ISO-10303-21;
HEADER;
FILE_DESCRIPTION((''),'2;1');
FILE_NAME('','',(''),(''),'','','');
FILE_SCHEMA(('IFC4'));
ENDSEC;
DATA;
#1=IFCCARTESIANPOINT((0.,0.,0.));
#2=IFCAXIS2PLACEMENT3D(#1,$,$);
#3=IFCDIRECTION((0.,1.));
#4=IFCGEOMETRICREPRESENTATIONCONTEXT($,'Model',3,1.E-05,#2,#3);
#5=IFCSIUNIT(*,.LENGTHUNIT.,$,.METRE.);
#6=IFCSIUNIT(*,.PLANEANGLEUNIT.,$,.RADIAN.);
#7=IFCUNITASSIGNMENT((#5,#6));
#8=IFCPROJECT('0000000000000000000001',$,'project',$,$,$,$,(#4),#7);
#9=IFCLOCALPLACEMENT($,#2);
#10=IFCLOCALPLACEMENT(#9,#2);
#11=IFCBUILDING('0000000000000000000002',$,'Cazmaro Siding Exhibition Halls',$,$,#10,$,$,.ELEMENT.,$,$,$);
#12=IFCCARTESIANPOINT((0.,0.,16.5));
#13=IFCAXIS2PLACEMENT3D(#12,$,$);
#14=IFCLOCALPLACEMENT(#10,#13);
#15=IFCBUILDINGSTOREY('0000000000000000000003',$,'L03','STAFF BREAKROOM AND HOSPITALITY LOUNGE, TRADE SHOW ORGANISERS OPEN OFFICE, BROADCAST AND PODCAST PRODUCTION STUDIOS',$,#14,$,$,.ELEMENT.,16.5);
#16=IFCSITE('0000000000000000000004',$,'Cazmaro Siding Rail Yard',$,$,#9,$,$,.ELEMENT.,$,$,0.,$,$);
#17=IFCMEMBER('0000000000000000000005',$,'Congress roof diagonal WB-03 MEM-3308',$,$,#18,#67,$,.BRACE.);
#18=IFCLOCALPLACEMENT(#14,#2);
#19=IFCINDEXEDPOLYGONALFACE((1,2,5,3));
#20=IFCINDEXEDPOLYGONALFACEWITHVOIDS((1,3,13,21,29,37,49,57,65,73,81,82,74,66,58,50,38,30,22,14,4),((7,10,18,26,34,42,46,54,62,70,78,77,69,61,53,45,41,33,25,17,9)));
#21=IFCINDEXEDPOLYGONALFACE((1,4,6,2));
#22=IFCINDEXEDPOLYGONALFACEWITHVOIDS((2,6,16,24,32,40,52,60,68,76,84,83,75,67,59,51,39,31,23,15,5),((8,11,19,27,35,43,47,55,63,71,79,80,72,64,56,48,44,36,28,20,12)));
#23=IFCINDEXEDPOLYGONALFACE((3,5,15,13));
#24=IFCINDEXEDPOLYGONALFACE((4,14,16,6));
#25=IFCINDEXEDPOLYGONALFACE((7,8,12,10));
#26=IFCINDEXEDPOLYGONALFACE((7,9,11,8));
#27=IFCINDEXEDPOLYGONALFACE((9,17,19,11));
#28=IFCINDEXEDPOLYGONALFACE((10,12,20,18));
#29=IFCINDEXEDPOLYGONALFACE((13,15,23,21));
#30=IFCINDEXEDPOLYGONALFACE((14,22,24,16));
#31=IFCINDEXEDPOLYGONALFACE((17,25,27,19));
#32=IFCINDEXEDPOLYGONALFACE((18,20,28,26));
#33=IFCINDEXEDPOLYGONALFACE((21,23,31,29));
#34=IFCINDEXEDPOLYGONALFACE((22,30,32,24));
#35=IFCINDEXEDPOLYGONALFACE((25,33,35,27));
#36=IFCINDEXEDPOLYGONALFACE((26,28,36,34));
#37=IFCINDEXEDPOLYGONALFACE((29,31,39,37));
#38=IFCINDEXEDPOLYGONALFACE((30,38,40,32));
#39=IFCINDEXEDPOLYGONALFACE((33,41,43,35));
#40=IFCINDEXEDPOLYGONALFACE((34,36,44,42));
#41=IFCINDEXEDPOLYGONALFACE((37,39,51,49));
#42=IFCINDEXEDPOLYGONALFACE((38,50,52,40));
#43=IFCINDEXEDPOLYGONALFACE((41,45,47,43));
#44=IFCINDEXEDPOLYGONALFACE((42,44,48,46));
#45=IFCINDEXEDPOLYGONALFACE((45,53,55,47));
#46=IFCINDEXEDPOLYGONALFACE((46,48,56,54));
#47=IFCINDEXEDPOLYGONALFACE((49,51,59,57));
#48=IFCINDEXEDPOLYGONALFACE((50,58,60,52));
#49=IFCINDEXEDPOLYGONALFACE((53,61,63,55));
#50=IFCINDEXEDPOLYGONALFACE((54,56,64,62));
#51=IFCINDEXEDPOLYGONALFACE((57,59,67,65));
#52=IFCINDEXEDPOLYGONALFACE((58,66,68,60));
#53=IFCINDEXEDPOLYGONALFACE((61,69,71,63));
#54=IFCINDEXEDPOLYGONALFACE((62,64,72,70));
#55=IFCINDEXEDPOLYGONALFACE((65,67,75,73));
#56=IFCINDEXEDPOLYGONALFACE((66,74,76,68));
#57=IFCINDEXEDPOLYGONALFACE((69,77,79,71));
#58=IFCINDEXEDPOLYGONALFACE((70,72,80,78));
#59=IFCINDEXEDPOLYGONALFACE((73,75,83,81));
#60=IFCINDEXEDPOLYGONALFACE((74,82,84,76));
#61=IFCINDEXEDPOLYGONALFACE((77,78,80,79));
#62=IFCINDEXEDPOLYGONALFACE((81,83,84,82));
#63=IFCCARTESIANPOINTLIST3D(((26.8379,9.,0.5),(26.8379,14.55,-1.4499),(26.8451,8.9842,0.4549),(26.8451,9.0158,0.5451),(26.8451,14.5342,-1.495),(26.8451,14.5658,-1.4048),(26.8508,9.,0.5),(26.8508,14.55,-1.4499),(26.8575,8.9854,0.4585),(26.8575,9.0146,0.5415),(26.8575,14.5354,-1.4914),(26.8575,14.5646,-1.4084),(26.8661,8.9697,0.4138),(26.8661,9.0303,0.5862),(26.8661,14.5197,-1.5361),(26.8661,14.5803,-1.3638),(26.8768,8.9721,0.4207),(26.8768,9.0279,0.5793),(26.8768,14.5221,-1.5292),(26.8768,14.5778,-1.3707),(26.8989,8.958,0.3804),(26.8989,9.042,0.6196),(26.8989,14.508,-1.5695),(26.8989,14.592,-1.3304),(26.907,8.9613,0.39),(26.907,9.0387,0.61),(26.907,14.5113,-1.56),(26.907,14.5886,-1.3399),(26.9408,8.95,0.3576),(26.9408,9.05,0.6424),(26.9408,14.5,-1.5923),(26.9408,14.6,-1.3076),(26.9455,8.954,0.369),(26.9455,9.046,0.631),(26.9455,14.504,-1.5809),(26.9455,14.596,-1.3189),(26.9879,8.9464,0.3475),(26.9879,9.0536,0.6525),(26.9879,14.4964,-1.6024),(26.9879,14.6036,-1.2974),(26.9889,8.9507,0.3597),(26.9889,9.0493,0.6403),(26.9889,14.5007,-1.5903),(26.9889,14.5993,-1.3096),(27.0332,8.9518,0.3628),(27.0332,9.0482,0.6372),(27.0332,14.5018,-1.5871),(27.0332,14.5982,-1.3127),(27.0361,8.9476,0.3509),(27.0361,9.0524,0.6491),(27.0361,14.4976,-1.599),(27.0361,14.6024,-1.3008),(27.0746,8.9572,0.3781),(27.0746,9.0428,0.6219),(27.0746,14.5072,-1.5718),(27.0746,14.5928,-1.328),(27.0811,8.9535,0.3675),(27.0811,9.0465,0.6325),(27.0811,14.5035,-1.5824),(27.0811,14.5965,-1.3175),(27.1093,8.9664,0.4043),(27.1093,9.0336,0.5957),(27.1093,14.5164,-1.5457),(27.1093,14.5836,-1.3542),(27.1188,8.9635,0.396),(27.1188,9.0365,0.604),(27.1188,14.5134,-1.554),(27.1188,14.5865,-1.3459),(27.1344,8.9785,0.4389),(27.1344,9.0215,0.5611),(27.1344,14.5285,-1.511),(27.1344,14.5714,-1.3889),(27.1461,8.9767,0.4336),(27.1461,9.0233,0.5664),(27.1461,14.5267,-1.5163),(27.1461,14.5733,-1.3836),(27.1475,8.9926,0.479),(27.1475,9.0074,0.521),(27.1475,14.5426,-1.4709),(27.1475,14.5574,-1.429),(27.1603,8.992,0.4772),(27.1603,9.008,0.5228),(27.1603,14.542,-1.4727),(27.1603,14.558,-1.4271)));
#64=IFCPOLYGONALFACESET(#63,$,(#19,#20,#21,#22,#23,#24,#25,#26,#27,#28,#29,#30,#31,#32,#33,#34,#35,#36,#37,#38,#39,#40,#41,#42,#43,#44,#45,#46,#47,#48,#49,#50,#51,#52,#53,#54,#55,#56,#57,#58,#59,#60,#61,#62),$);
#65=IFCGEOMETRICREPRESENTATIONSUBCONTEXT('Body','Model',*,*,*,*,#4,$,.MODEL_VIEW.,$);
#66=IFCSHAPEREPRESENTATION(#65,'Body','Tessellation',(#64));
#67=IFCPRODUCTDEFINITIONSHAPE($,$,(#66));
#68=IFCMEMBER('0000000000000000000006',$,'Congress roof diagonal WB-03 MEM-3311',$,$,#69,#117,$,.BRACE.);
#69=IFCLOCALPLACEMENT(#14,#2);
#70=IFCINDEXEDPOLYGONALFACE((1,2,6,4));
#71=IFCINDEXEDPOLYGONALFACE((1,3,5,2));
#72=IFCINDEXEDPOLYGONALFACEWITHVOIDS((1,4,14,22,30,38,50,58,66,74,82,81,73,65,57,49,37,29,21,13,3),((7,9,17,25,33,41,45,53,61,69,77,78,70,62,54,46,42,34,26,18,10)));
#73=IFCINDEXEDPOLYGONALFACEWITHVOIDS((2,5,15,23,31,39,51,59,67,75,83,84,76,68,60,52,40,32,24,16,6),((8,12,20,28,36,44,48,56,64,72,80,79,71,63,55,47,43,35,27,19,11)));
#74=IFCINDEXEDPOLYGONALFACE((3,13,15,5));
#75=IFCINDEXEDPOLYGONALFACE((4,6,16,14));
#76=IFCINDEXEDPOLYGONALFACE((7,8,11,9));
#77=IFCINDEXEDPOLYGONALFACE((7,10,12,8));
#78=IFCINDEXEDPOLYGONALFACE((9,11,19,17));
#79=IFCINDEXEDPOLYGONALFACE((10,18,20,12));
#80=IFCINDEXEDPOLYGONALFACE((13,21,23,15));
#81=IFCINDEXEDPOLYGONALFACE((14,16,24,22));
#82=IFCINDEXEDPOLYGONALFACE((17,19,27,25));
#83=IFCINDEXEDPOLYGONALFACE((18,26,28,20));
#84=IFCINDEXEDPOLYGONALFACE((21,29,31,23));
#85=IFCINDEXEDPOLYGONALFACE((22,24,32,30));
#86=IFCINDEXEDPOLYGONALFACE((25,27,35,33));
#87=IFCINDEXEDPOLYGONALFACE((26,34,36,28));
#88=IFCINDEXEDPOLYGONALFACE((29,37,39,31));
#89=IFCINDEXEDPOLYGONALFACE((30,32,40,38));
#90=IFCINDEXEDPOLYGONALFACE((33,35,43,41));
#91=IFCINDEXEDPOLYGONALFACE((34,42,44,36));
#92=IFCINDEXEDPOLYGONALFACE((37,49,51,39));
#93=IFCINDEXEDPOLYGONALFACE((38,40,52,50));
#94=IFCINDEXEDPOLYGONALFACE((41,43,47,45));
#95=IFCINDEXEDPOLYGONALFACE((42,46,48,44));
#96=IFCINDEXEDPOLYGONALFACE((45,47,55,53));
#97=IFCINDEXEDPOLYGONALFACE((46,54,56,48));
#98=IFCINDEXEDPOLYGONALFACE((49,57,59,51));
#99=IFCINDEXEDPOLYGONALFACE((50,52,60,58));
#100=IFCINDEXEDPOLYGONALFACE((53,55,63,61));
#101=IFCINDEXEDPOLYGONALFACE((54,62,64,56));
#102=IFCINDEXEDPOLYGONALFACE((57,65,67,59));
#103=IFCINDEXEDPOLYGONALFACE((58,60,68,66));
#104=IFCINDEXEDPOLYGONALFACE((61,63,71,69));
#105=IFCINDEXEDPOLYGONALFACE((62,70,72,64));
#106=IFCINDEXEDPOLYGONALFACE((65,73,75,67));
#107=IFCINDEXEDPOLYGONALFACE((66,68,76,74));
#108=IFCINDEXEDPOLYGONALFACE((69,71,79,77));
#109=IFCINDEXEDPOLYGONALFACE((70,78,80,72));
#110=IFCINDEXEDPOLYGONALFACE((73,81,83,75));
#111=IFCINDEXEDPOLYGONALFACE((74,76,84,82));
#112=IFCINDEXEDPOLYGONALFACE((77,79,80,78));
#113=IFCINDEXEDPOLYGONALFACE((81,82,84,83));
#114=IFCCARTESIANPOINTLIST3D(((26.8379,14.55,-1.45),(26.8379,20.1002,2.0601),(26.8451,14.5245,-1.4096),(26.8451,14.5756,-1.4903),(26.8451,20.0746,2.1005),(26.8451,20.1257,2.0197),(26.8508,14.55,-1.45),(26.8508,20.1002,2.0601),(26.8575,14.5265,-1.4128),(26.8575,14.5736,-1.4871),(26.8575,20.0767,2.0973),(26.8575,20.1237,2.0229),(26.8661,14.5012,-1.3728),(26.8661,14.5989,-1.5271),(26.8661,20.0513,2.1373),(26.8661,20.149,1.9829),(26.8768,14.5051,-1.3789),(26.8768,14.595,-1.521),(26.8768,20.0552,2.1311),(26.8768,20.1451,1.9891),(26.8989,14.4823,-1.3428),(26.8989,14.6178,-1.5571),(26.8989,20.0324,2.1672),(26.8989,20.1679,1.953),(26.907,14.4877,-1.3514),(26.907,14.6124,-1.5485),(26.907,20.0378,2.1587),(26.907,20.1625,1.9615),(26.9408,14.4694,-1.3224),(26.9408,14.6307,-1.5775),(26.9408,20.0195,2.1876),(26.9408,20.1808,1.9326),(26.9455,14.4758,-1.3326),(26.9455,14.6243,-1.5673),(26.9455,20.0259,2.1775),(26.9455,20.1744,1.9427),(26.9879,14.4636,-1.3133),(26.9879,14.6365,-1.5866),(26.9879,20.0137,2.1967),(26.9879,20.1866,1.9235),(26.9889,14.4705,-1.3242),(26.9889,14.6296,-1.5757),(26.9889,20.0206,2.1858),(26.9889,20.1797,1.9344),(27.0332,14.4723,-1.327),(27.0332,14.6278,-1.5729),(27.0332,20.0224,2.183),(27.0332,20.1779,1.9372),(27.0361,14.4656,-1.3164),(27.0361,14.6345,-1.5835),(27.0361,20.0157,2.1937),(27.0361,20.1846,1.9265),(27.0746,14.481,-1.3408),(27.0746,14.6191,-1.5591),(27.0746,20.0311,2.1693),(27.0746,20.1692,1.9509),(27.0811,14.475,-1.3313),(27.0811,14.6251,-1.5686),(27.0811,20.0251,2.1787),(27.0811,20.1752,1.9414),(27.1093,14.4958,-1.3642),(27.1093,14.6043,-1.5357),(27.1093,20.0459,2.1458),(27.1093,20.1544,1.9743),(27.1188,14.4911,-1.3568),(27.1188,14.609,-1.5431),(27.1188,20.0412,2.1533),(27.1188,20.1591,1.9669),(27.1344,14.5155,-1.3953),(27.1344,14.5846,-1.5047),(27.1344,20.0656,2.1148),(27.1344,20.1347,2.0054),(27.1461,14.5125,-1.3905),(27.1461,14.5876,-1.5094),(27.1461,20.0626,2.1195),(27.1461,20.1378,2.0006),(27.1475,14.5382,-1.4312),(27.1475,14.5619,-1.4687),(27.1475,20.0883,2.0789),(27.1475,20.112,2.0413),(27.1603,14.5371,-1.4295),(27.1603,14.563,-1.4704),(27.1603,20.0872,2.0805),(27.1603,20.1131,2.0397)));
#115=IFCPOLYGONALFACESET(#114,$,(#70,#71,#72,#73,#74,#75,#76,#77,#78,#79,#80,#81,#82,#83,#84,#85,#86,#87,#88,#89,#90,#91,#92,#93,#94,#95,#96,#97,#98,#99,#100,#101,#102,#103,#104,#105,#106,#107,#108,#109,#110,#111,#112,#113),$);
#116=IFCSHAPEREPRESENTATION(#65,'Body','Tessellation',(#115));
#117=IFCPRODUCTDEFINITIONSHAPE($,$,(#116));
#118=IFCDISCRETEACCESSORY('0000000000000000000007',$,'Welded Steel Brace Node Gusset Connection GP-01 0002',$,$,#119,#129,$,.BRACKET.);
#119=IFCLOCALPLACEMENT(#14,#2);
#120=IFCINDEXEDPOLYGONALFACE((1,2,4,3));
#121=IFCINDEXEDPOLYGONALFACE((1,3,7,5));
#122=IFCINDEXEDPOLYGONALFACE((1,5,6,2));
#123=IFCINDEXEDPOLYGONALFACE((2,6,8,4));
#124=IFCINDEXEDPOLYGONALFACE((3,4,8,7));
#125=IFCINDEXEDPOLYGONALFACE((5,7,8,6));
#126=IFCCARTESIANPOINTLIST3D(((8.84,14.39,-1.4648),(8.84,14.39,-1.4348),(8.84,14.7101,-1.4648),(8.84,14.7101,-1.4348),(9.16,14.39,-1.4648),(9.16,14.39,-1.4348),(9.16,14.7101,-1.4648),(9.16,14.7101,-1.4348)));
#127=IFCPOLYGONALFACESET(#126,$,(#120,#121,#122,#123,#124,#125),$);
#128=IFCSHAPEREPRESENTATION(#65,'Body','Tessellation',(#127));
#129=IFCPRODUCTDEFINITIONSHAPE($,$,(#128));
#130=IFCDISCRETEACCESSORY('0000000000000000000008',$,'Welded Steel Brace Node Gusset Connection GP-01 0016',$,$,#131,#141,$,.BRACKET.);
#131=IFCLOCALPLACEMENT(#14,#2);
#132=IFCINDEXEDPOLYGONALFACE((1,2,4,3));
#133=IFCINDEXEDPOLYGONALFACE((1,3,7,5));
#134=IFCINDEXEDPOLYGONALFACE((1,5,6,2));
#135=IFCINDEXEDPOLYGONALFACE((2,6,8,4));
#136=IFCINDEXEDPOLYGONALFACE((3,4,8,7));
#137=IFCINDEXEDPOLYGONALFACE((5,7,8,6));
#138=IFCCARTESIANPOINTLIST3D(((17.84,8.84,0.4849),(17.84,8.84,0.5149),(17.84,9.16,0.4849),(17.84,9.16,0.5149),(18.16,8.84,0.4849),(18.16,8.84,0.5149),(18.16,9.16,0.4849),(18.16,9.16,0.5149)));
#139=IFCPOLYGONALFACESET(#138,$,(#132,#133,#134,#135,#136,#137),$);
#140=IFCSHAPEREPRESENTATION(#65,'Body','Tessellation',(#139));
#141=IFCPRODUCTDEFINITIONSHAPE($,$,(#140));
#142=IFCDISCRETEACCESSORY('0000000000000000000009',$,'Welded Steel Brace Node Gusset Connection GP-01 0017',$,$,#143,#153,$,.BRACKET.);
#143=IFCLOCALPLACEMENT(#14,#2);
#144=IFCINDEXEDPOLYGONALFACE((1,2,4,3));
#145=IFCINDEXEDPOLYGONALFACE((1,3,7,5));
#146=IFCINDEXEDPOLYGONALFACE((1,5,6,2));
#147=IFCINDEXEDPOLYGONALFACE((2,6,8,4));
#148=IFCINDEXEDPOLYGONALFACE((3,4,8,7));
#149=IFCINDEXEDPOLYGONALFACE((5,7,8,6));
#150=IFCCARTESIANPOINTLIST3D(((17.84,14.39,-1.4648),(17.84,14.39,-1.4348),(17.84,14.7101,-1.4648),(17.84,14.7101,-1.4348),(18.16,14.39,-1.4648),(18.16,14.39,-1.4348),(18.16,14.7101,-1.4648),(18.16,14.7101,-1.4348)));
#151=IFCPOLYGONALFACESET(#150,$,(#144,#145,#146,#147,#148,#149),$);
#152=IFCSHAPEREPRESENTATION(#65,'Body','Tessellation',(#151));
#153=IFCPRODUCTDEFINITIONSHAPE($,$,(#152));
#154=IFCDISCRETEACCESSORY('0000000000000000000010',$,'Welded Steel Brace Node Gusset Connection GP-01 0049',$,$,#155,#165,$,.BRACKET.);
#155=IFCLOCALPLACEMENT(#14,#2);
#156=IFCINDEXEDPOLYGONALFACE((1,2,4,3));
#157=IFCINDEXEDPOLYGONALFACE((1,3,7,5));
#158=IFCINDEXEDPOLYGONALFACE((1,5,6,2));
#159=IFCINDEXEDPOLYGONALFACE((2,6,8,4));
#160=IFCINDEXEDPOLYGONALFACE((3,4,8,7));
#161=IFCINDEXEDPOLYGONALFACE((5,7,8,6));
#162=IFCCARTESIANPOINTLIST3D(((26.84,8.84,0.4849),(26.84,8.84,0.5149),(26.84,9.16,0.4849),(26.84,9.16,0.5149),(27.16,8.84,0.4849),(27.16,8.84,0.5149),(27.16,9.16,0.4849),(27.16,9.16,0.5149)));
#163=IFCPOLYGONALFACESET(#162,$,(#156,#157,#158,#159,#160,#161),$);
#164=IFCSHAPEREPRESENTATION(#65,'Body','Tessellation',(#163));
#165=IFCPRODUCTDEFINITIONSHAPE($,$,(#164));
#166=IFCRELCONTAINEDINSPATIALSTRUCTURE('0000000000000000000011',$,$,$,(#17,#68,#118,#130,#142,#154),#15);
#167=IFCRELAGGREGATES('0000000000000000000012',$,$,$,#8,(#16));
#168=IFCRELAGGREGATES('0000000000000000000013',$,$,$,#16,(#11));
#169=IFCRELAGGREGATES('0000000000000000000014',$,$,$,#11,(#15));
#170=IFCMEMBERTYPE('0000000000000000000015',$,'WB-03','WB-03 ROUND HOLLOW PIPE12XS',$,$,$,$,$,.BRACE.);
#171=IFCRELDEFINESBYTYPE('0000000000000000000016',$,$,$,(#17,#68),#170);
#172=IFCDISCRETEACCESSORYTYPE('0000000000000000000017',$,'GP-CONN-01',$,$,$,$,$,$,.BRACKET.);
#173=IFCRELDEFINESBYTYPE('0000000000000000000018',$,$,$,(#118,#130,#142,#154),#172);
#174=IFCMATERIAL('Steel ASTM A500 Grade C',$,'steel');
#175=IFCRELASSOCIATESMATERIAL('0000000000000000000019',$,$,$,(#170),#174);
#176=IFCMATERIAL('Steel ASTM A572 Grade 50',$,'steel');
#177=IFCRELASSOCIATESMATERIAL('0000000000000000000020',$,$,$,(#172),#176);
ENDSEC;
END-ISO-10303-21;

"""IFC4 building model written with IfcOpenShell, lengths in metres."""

from ifc_helpers import new_model, si_unit, direction, frame, origin, origin_2d, place, context, subcontext, project, spatial, rectangle, hollow_circle, extrude, material, material_profile, profile_set, type_object, element, save


model = new_model("IFC4")

# Units and contexts
model_context = context("Model", 3, precision=1e-05, world=origin(), true_north=direction((0.0, 1.0)))
body_context = subcontext(model_context, "Body", "Model", "MODEL_VIEW")
ifc_project = project(units=[si_unit("LENGTHUNIT", "METRE"), si_unit("PLANEANGLEUNIT", "RADIAN")], contexts=[model_context])

# Site, building, storey
site_placement = place(None, origin())
site = spatial("IfcSite", under=ifc_project, at=site_placement, Name="Cazmaro Siding Rail Yard", CompositionType="ELEMENT", RefElevation=0.0)
building_placement = place(site_placement, origin())
building = spatial("IfcBuilding", under=site, at=building_placement, Name="Cazmaro Siding Exhibition Halls", CompositionType="ELEMENT")
storey_placement = place(building_placement, frame((0.0, 0.0, 16.5)))
storey = spatial("IfcBuildingStorey", under=building, at=storey_placement, Name="L03", Description="STAFF BREAKROOM AND HOSPITALITY LOUNGE, TRADE SHOW ORGANISERS OPEN OFFICE, BROADCAST AND PODCAST PRODUCTION STUDIOS", CompositionType="ELEMENT", Elevation=16.5)

# Members
ifc_material_1 = material(Name="Steel ASTM A500 Grade C", Category="steel")
ifc_material_profile_1 = material_profile(ifc_material_1, hollow_circle(Radius=0.1621, WallThickness=0.0129, at=origin_2d()), Name="PIPE12XS")
ifc_profile_set_1 = profile_set([ifc_material_profile_1], Name="Steel ASTM A500 Grade C")
member_type_1 = type_object("IfcMemberType", Name="WB-03", Description="WB-03 ROUND HOLLOW PIPE12XS", PredefinedType="BRACE", material=ifc_profile_set_1)
member_1_placement = place(storey_placement, frame((27.0, 9.0, 0.5), z_axis=(0.0, 0.943464, -0.331476), x_axis=(-1.0, 0.0, 0.0)))
element("IfcMember", 1, at=member_1_placement, inside=storey, type_object=member_type_1, Name="Congress roof diagonal WB-03 MEM-3308", PredefinedType="BRACE", context=body_context, shape_type="SweptSolid", body=[
    extrude(hollow_circle(Radius=0.1621, WallThickness=0.0129, at=origin_2d()), origin(), (0.0, 0.0, 1.0), 5.8826),
])
member_2_placement = place(storey_placement, frame((27.0, 14.55, -1.45), z_axis=(0.0, 0.845165, 0.534506), x_axis=(-1.0, 0.0, 0.0)))
element("IfcMember", 2, at=member_2_placement, inside=storey, type_object=member_type_1, Name="Congress roof diagonal WB-03 MEM-3311", PredefinedType="BRACE", context=body_context, shape_type="SweptSolid", body=[
    extrude(hollow_circle(Radius=0.1621, WallThickness=0.0129, at=origin_2d()), origin(), (0.0, 0.0, 1.0), 6.5669),
])

# Discrete accessories
ifc_material_2 = material(Name="Steel ASTM A572 Grade 50", Category="steel")
discrete_accessory_type = type_object("IfcDiscreteAccessoryType", Name="GP-CONN-01", PredefinedType="BRACKET", material=ifc_material_2)
for number, where, z_axis, x_axis, name in (
    (3, (9.0, 14.55, -1.4648), (0.0, 0.0, 1.0), (1.0, 0.0, 0.0), "Welded Steel Brace Node Gusset Connection GP-01 0002"),
    (4, (18.0, 9.0, 0.4849), (0.0, 0.0, 1.0), (1.0, 0.0, 0.0), "Welded Steel Brace Node Gusset Connection GP-01 0016"),
    (5, (18.0, 14.55, -1.4648), (0.0, 0.0, 1.0), (1.0, 0.0, 0.0), "Welded Steel Brace Node Gusset Connection GP-01 0017"),
    (6, (27.0, 9.0, 0.4849), (0.0, 0.0, 1.0), (1.0, 0.0, 0.0), "Welded Steel Brace Node Gusset Connection GP-01 0049"),
):
    element("IfcDiscreteAccessory", number, at=place(storey_placement, frame(where, z_axis=z_axis, x_axis=x_axis)), inside=storey, type_object=discrete_accessory_type, Name=name, PredefinedType="BRACKET", context=body_context, shape_type="SweptSolid", body=[
        extrude(rectangle(XDim=0.3201, YDim=0.3201, at=origin_2d()), origin(), (0.0, 0.0, 1.0), 0.03),
    ])

save(model, "model.ifc")
